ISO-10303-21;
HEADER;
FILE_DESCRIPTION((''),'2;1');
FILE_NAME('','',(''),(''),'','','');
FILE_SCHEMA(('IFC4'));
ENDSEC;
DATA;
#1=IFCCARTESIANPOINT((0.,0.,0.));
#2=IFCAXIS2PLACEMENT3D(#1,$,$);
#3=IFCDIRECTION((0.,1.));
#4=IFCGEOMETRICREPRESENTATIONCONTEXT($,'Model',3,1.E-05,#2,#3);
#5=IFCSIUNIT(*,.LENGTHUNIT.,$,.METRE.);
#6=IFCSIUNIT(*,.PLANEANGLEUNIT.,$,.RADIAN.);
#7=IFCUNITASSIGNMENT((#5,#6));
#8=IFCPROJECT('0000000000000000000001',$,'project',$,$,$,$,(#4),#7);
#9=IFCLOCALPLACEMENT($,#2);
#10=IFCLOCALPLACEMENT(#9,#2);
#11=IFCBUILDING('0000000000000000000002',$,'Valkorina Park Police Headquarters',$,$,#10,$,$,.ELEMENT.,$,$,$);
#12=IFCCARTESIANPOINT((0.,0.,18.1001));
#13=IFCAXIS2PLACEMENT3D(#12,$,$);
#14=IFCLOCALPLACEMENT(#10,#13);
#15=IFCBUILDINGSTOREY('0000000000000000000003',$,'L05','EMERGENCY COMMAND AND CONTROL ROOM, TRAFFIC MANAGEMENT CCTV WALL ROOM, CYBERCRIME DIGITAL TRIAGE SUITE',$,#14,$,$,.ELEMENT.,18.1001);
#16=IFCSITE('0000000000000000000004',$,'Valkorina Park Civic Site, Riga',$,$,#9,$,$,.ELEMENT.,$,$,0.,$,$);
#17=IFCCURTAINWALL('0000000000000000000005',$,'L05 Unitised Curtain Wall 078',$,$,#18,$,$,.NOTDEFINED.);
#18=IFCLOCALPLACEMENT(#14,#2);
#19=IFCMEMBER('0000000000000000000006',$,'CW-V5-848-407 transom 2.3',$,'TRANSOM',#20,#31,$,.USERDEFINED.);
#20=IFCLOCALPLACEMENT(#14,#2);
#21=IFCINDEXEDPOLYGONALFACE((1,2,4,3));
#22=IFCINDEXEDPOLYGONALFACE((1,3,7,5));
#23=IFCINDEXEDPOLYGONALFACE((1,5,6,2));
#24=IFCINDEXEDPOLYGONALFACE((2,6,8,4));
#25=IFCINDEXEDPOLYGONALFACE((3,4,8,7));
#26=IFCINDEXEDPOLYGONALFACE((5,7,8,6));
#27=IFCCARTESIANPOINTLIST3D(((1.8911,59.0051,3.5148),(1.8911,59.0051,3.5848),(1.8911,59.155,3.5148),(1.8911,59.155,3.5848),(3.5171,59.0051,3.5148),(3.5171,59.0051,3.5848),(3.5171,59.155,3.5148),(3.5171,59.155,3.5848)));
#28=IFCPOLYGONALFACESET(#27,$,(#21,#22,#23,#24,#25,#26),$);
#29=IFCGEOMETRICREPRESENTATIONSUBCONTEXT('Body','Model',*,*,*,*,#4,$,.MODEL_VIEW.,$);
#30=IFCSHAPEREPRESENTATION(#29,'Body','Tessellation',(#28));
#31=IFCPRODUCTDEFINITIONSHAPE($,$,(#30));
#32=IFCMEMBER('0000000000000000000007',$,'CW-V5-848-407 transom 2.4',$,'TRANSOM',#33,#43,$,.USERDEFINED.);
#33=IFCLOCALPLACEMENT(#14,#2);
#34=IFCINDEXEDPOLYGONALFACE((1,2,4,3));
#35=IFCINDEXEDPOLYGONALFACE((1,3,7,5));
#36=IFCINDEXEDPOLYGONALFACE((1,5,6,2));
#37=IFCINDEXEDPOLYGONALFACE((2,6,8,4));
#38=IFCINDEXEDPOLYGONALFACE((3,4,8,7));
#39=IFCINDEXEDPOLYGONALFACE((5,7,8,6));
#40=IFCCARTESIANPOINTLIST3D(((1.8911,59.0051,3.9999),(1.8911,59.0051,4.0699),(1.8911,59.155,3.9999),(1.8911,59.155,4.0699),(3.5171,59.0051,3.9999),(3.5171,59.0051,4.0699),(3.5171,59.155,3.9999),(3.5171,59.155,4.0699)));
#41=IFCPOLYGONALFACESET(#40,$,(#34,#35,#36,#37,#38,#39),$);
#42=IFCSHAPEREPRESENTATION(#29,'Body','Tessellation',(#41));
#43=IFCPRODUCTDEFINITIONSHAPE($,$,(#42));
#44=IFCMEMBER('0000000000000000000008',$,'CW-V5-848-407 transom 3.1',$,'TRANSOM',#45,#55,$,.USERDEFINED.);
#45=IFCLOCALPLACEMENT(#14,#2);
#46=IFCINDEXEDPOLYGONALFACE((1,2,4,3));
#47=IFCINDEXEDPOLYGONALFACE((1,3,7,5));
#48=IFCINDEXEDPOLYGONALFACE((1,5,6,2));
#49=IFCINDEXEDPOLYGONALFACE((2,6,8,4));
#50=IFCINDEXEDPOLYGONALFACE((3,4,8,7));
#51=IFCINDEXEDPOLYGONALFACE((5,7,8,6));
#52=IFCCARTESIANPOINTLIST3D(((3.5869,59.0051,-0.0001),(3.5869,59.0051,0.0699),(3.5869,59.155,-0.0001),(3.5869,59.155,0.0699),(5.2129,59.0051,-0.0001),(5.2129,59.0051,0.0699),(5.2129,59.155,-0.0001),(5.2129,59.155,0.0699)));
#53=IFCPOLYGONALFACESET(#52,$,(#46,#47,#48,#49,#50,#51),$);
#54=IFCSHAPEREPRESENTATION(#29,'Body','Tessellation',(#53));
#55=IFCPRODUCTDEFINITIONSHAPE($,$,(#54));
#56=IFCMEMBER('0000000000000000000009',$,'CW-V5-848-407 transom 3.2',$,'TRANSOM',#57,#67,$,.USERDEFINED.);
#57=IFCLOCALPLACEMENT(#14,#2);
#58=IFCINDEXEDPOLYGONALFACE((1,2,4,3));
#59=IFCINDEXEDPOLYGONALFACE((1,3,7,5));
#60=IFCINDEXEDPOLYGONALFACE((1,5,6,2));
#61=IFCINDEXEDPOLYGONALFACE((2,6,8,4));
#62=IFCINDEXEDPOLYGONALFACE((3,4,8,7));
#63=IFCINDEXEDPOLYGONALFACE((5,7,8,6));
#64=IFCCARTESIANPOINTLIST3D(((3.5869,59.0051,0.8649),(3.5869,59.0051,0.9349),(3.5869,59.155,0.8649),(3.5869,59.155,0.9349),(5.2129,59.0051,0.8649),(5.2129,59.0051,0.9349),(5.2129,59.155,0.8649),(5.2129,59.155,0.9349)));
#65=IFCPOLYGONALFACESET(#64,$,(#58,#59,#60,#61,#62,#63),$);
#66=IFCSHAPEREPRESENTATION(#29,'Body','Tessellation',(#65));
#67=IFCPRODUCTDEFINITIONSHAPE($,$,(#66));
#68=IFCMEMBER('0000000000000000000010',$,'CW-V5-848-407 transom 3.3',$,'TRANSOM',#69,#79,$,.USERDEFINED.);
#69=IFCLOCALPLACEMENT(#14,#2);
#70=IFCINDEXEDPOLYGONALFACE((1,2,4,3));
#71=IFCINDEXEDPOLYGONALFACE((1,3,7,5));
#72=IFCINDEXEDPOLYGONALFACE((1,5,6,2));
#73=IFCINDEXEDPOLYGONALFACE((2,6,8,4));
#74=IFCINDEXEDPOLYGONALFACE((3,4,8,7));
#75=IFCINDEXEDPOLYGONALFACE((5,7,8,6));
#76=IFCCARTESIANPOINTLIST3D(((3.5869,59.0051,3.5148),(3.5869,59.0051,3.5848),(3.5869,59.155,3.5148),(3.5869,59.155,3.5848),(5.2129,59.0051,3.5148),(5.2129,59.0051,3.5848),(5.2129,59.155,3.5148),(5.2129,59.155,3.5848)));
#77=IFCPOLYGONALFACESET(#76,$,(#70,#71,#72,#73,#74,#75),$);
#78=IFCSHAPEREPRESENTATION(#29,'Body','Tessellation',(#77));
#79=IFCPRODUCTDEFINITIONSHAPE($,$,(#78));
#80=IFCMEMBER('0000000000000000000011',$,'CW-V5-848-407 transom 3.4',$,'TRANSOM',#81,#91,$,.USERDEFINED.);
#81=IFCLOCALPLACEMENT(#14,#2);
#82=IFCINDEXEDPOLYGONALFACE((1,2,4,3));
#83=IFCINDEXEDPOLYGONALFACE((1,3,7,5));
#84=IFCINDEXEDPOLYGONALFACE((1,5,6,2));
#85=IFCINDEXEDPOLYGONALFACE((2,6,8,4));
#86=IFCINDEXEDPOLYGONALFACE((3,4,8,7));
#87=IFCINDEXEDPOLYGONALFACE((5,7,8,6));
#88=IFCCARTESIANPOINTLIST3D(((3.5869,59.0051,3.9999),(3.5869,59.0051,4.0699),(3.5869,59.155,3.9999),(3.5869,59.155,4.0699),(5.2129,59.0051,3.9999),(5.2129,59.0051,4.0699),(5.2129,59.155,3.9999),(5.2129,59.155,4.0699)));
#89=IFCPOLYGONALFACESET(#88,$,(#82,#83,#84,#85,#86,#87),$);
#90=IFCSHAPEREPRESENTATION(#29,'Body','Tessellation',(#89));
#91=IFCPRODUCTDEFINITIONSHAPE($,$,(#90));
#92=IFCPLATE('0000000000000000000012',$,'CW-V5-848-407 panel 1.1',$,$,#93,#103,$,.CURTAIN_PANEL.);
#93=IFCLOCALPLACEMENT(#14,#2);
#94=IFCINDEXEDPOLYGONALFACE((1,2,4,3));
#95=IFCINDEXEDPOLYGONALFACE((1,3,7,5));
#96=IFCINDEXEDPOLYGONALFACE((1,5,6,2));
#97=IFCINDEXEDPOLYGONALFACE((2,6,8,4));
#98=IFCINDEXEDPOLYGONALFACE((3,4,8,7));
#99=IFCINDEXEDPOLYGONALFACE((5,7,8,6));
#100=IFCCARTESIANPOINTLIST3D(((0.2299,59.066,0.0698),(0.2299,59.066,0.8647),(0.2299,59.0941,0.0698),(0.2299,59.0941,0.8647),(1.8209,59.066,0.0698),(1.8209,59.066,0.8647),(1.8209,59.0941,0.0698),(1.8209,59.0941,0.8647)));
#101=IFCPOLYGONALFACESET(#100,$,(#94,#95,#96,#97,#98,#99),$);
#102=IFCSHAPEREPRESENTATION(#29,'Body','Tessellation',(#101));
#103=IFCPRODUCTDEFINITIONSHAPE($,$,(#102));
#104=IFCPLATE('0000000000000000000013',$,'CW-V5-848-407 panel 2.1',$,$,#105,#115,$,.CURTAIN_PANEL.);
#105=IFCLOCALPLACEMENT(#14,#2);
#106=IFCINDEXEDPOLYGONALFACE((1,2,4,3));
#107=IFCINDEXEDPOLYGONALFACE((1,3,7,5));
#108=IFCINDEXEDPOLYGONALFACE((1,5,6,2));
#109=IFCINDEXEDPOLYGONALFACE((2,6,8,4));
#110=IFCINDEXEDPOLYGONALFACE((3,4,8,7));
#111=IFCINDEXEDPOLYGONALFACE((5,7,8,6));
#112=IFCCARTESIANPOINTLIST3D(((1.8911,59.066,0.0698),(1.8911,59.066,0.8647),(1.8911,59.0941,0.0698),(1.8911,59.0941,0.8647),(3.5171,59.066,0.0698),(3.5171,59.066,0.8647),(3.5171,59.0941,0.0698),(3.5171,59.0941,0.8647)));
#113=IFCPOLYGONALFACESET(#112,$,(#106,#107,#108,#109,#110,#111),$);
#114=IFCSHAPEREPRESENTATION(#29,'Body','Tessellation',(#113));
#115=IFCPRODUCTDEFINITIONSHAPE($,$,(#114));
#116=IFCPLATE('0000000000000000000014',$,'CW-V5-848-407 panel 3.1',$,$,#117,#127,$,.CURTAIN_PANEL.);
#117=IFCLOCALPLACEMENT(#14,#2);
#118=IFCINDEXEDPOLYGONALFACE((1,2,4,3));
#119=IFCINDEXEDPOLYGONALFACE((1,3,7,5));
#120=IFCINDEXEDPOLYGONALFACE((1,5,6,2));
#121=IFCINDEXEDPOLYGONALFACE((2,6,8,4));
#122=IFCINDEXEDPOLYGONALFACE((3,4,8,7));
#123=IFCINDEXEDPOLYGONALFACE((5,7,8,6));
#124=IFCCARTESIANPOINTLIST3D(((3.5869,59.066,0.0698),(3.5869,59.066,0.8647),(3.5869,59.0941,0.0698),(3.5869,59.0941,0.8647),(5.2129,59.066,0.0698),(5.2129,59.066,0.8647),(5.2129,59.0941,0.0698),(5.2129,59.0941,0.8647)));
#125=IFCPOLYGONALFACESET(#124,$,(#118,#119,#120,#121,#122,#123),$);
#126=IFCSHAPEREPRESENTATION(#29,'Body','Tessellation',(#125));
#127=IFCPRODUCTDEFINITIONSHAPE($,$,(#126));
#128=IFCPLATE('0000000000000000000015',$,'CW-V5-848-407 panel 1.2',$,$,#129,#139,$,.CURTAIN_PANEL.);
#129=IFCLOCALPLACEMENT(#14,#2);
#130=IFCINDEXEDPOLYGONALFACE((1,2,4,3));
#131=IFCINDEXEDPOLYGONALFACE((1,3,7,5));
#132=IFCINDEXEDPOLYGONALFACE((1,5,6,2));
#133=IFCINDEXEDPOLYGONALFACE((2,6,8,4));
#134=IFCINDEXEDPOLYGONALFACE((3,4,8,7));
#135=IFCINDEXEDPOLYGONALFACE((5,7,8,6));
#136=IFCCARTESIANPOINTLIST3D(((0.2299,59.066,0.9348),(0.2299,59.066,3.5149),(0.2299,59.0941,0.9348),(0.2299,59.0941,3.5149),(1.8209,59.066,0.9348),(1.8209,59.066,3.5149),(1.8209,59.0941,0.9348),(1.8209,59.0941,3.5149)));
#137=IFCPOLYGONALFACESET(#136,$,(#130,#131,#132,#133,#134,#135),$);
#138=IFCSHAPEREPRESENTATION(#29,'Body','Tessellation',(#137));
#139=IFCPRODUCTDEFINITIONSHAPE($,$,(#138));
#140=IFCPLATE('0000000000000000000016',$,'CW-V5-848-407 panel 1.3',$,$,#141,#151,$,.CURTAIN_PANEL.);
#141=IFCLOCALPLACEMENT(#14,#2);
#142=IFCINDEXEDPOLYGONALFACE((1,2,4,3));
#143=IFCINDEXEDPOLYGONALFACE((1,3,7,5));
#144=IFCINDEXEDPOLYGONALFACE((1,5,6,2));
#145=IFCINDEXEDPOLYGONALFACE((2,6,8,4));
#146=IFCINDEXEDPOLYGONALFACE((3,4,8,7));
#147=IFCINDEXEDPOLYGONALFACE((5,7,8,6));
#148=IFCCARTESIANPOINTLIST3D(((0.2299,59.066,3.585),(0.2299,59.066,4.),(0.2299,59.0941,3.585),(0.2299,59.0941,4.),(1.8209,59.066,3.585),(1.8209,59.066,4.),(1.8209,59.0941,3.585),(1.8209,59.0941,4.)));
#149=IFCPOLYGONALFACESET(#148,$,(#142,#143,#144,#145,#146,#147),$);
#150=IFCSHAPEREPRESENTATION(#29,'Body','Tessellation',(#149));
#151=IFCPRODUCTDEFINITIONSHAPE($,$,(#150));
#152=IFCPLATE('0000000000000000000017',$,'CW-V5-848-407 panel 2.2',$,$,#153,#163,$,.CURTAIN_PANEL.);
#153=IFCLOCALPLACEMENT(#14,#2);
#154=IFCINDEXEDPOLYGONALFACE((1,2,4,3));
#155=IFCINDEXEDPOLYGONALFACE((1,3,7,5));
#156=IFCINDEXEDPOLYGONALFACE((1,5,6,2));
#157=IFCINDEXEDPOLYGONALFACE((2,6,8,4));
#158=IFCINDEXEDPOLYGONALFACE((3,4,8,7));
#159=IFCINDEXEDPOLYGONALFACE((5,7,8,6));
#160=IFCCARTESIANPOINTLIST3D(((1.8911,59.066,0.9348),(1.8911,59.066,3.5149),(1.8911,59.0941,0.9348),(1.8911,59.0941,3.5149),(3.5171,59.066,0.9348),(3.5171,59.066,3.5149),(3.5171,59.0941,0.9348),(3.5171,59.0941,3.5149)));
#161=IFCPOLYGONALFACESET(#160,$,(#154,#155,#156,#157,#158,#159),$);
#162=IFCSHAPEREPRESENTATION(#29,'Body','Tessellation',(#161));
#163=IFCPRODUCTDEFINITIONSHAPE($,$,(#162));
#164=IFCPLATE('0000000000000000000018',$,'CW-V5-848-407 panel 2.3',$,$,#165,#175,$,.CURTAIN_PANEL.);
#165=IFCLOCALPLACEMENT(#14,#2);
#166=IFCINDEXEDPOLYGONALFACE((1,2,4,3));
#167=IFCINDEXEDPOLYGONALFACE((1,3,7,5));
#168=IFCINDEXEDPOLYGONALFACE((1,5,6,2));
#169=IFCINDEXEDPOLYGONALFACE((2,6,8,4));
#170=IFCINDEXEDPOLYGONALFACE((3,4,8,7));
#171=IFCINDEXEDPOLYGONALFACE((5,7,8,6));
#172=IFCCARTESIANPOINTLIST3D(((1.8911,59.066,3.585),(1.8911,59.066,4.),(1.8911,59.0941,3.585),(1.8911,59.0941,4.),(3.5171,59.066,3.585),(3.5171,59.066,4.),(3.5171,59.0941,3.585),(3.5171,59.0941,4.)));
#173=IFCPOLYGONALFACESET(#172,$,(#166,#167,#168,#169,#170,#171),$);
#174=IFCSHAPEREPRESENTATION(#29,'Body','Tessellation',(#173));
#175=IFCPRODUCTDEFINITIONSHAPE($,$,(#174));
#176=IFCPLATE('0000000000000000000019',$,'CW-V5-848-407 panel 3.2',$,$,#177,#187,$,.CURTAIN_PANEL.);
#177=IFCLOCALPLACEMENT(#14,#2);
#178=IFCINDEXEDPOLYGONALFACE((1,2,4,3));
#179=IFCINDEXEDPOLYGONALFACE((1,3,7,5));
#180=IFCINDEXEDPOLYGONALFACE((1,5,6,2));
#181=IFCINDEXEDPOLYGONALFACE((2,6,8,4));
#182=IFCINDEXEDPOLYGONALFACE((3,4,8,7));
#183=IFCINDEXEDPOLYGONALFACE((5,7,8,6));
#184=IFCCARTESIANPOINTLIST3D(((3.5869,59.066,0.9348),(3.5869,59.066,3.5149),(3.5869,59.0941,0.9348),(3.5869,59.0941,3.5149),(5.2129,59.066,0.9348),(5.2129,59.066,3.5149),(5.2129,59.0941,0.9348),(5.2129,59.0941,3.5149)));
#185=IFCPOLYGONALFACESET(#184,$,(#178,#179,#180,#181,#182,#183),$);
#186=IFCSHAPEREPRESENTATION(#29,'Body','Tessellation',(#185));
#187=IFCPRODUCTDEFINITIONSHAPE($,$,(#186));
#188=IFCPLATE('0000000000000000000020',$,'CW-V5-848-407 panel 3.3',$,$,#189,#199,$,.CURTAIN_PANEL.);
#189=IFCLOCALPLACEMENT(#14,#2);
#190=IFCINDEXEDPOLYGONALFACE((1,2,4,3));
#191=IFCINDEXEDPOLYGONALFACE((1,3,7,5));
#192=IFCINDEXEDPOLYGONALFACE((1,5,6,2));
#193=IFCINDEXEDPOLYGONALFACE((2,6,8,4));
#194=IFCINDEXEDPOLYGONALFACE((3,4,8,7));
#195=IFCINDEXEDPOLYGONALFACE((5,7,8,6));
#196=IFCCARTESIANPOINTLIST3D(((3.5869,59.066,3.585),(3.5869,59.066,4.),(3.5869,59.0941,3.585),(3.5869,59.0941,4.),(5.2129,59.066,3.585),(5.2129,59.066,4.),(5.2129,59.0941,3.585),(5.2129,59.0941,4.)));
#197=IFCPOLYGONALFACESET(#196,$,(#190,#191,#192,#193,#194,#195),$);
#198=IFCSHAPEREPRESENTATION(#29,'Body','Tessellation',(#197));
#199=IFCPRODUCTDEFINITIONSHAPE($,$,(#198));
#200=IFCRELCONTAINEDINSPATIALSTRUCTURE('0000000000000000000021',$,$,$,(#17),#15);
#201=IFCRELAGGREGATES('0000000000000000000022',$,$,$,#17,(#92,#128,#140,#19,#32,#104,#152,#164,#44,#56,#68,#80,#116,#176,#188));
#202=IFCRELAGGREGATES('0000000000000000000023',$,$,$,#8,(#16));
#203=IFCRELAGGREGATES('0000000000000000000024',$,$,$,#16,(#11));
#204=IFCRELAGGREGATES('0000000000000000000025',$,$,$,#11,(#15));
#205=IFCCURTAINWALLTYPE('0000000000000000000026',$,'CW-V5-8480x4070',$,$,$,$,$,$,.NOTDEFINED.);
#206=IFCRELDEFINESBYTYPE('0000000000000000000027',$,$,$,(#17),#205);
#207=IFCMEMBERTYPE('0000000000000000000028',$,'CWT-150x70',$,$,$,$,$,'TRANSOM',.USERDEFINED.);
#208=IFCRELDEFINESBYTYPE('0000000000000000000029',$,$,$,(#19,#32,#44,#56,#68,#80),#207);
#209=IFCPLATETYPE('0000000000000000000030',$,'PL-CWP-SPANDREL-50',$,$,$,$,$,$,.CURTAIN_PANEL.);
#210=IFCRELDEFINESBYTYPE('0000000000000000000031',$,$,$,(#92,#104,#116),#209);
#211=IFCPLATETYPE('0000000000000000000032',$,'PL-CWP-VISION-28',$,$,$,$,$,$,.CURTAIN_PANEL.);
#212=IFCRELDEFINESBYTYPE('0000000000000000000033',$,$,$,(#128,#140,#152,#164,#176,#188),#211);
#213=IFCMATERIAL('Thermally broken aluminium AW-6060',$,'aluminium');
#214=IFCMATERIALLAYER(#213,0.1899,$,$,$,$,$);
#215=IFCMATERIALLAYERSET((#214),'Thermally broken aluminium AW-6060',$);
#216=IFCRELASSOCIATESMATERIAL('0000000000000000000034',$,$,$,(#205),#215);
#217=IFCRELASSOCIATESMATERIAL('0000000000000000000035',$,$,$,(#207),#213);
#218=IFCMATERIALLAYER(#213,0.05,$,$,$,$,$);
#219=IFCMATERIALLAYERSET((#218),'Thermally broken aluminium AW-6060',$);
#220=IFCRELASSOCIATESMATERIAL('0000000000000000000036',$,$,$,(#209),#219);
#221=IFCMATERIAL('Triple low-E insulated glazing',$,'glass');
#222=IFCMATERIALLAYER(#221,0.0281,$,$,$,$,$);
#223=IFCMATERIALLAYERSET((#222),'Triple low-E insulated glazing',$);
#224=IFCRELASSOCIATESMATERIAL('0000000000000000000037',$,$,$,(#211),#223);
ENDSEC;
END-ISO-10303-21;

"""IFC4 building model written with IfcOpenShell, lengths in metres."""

from ifc_helpers import new_model, si_unit, direction, frame, origin, origin_2d, place, context, subcontext, project, spatial, rectangle, extrude, material, layer, layer_set, material_profile, profile_set, type_object, element, aggregate, save


model = new_model("IFC4")

# Units and contexts
model_context = context("Model", 3, precision=1e-05, world=origin(), true_north=direction((0.0, 1.0)))
body_context = subcontext(model_context, "Body", "Model", "MODEL_VIEW")
ifc_project = project(units=[si_unit("LENGTHUNIT", "METRE"), si_unit("PLANEANGLEUNIT", "RADIAN")], contexts=[model_context])

# Site, building, storey
site_placement = place(None, origin())
site = spatial("IfcSite", under=ifc_project, at=site_placement, Name="Valkorina Park Civic Site, Riga", CompositionType="ELEMENT", RefElevation=0.0)
building_placement = place(site_placement, origin())
building = spatial("IfcBuilding", under=site, at=building_placement, Name="Valkorina Park Police Headquarters", CompositionType="ELEMENT")
storey_placement = place(building_placement, frame((0.0, 0.0, 18.1001)))
storey = spatial("IfcBuildingStorey", under=building, at=storey_placement, Name="L05", Description="EMERGENCY COMMAND AND CONTROL ROOM, TRAFFIC MANAGEMENT CCTV WALL ROOM, CYBERCRIME DIGITAL TRIAGE SUITE", CompositionType="ELEMENT", Elevation=18.1001)

# Curtain wall, members, plates
ifc_material_1 = material(Name="Thermally broken aluminium AW-6060", Category="aluminium")
ifc_layer_1 = layer(ifc_material_1, 0.1899)
ifc_layer_set_1 = layer_set([ifc_layer_1], Name="Thermally broken aluminium AW-6060")
curtain_wall_type = type_object("IfcCurtainWallType", Name="CW-V5-8480x4070", PredefinedType="NOTDEFINED", material=ifc_layer_set_1)
curtain_wall_placement = place(storey_placement, origin())
curtain_wall = element("IfcCurtainWall", 1, at=curtain_wall_placement, inside=storey, type_object=curtain_wall_type, Name="L05 Unitised Curtain Wall 078", PredefinedType="NOTDEFINED")
ifc_material_profile_1 = material_profile(ifc_material_1, rectangle(XDim=0.1499, YDim=0.0701, at=origin_2d()), Name="CWT-02 150x70")
ifc_profile_set_1 = profile_set([ifc_material_profile_1], Name="Thermally broken aluminium AW-6060")
member_type_1 = type_object("IfcMemberType", Name="CWT-150x70", ElementType="TRANSOM", PredefinedType="USERDEFINED", material=ifc_profile_set_1)
member_1_placement = place(storey_placement, frame((1.8911, 59.0801, 3.5498), z_axis=(1.0, 0.0, 0.0), x_axis=(0.0, 1.0, 0.0)))
member_1 = element("IfcMember", 2, at=member_1_placement, type_object=member_type_1, Name="CW-V5-848-407 transom 2.3", ObjectType="TRANSOM", PredefinedType="USERDEFINED", context=body_context, shape_type="SweptSolid", body=[
    extrude(rectangle(XDim=0.1499, YDim=0.0701, at=origin_2d()), origin(), (0.0, 0.0, 1.0), 1.626),
])
member_2_placement = place(storey_placement, frame((1.8911, 59.0801, 4.0349), z_axis=(1.0, 0.0, 0.0), x_axis=(0.0, 1.0, 0.0)))
member_2 = element("IfcMember", 3, at=member_2_placement, type_object=member_type_1, Name="CW-V5-848-407 transom 2.4", ObjectType="TRANSOM", PredefinedType="USERDEFINED", context=body_context, shape_type="SweptSolid", body=[
    extrude(rectangle(XDim=0.1499, YDim=0.0701, at=origin_2d()), origin(), (0.0, 0.0, 1.0), 1.626),
])
member_3_placement = place(storey_placement, frame((3.5869, 59.0801, 0.0349), z_axis=(1.0, 0.0, 0.0), x_axis=(0.0, 1.0, 0.0)))
member_3 = element("IfcMember", 4, at=member_3_placement, type_object=member_type_1, Name="CW-V5-848-407 transom 3.1", ObjectType="TRANSOM", PredefinedType="USERDEFINED", context=body_context, shape_type="SweptSolid", body=[
    extrude(rectangle(XDim=0.1499, YDim=0.0701, at=origin_2d()), origin(), (0.0, 0.0, 1.0), 1.626),
])
member_4_placement = place(storey_placement, frame((3.5869, 59.0801, 0.8999), z_axis=(1.0, 0.0, 0.0), x_axis=(0.0, 1.0, 0.0)))
member_4 = element("IfcMember", 5, at=member_4_placement, type_object=member_type_1, Name="CW-V5-848-407 transom 3.2", ObjectType="TRANSOM", PredefinedType="USERDEFINED", context=body_context, shape_type="SweptSolid", body=[
    extrude(rectangle(XDim=0.1499, YDim=0.0701, at=origin_2d()), origin(), (0.0, 0.0, 1.0), 1.626),
])
member_5_placement = place(storey_placement, frame((3.5869, 59.0801, 3.5498), z_axis=(1.0, 0.0, 0.0), x_axis=(0.0, 1.0, 0.0)))
member_5 = element("IfcMember", 6, at=member_5_placement, type_object=member_type_1, Name="CW-V5-848-407 transom 3.3", ObjectType="TRANSOM", PredefinedType="USERDEFINED", context=body_context, shape_type="SweptSolid", body=[
    extrude(rectangle(XDim=0.1499, YDim=0.0701, at=origin_2d()), origin(), (0.0, 0.0, 1.0), 1.626),
])
member_6_placement = place(storey_placement, frame((3.5869, 59.0801, 4.0349), z_axis=(1.0, 0.0, 0.0), x_axis=(0.0, 1.0, 0.0)))
member_6 = element("IfcMember", 7, at=member_6_placement, type_object=member_type_1, Name="CW-V5-848-407 transom 3.4", ObjectType="TRANSOM", PredefinedType="USERDEFINED", context=body_context, shape_type="SweptSolid", body=[
    extrude(rectangle(XDim=0.1499, YDim=0.0701, at=origin_2d()), origin(), (0.0, 0.0, 1.0), 1.626),
])
ifc_layer_2 = layer(ifc_material_1, 0.05)
ifc_layer_set_2 = layer_set([ifc_layer_2], Name="Thermally broken aluminium AW-6060")
plate_type_1 = type_object("IfcPlateType", Name="PL-CWP-SPANDREL-50", PredefinedType="CURTAIN_PANEL", material=ifc_layer_set_2)
plate_1_placement = place(storey_placement, frame((1.0254, 59.0801, 0.0698), z_axis=(0.0, 0.0, 1.0), x_axis=(1.0, 0.0, 0.0)))
plate_1 = element("IfcPlate", 8, at=plate_1_placement, type_object=plate_type_1, Name="CW-V5-848-407 panel 1.1", PredefinedType="CURTAIN_PANEL", context=body_context, shape_type="SweptSolid", body=[
    extrude(rectangle(XDim=1.5911, YDim=0.0281, at=origin_2d()), origin(), (0.0, 0.0, 1.0), 0.7949),
])
plate_2_placement = place(storey_placement, frame((2.7041, 59.0801, 0.0698), z_axis=(0.0, 0.0, 1.0), x_axis=(1.0, 0.0, 0.0)))
plate_2 = element("IfcPlate", 9, at=plate_2_placement, type_object=plate_type_1, Name="CW-V5-848-407 panel 2.1", PredefinedType="CURTAIN_PANEL", context=body_context, shape_type="SweptSolid", body=[
    extrude(rectangle(XDim=1.626, YDim=0.0281, at=origin_2d()), origin(), (0.0, 0.0, 1.0), 0.7949),
])
plate_3_placement = place(storey_placement, frame((4.3999, 59.0801, 0.0698), z_axis=(0.0, 0.0, 1.0), x_axis=(1.0, 0.0, 0.0)))
plate_3 = element("IfcPlate", 10, at=plate_3_placement, type_object=plate_type_1, Name="CW-V5-848-407 panel 3.1", PredefinedType="CURTAIN_PANEL", context=body_context, shape_type="SweptSolid", body=[
    extrude(rectangle(XDim=1.626, YDim=0.0281, at=origin_2d()), origin(), (0.0, 0.0, 1.0), 0.7949),
])
ifc_material_2 = material(Name="Triple low-E insulated glazing", Category="glass")
ifc_layer_3 = layer(ifc_material_2, 0.0281)
ifc_layer_set_3 = layer_set([ifc_layer_3], Name="Triple low-E insulated glazing")
plate_type_2 = type_object("IfcPlateType", Name="PL-CWP-VISION-28", PredefinedType="CURTAIN_PANEL", material=ifc_layer_set_3)
plate_4_placement = place(storey_placement, frame((1.0254, 59.0801, 0.9348), z_axis=(0.0, 0.0, 1.0), x_axis=(1.0, 0.0, 0.0)))
plate_4 = element("IfcPlate", 11, at=plate_4_placement, type_object=plate_type_2, Name="CW-V5-848-407 panel 1.2", PredefinedType="CURTAIN_PANEL", context=body_context, shape_type="SweptSolid", body=[
    extrude(rectangle(XDim=1.5911, YDim=0.0281, at=origin_2d()), origin(), (0.0, 0.0, 1.0), 2.5801),
])
plate_5_placement = place(storey_placement, frame((1.0254, 59.0801, 3.585), z_axis=(0.0, 0.0, 1.0), x_axis=(1.0, 0.0, 0.0)))
plate_5 = element("IfcPlate", 12, at=plate_5_placement, type_object=plate_type_2, Name="CW-V5-848-407 panel 1.3", PredefinedType="CURTAIN_PANEL", context=body_context, shape_type="SweptSolid", body=[
    extrude(rectangle(XDim=1.5911, YDim=0.0281, at=origin_2d()), origin(), (0.0, 0.0, 1.0), 0.415),
])
plate_6_placement = place(storey_placement, frame((2.7041, 59.0801, 0.9348), z_axis=(0.0, 0.0, 1.0), x_axis=(1.0, 0.0, 0.0)))
plate_6 = element("IfcPlate", 13, at=plate_6_placement, type_object=plate_type_2, Name="CW-V5-848-407 panel 2.2", PredefinedType="CURTAIN_PANEL", context=body_context, shape_type="SweptSolid", body=[
    extrude(rectangle(XDim=1.626, YDim=0.0281, at=origin_2d()), origin(), (0.0, 0.0, 1.0), 2.5801),
])
plate_7_placement = place(storey_placement, frame((2.7041, 59.0801, 3.585), z_axis=(0.0, 0.0, 1.0), x_axis=(1.0, 0.0, 0.0)))
plate_7 = element("IfcPlate", 14, at=plate_7_placement, type_object=plate_type_2, Name="CW-V5-848-407 panel 2.3", PredefinedType="CURTAIN_PANEL", context=body_context, shape_type="SweptSolid", body=[
    extrude(rectangle(XDim=1.626, YDim=0.0281, at=origin_2d()), origin(), (0.0, 0.0, 1.0), 0.415),
])
plate_8_placement = place(storey_placement, frame((4.3999, 59.0801, 0.9348), z_axis=(0.0, 0.0, 1.0), x_axis=(1.0, 0.0, 0.0)))
plate_8 = element("IfcPlate", 15, at=plate_8_placement, type_object=plate_type_2, Name="CW-V5-848-407 panel 3.2", PredefinedType="CURTAIN_PANEL", context=body_context, shape_type="SweptSolid", body=[
    extrude(rectangle(XDim=1.626, YDim=0.0281, at=origin_2d()), origin(), (0.0, 0.0, 1.0), 2.5801),
])
plate_9_placement = place(storey_placement, frame((4.3999, 59.0801, 3.585), z_axis=(0.0, 0.0, 1.0), x_axis=(1.0, 0.0, 0.0)))
plate_9 = element("IfcPlate", 16, at=plate_9_placement, type_object=plate_type_2, Name="CW-V5-848-407 panel 3.3", PredefinedType="CURTAIN_PANEL", context=body_context, shape_type="SweptSolid", body=[
    extrude(rectangle(XDim=1.626, YDim=0.0281, at=origin_2d()), origin(), (0.0, 0.0, 1.0), 0.415),
])
aggregate(curtain_wall, [plate_1, plate_4, plate_5, member_1, member_2, plate_2, plate_6, plate_7, member_3, member_4, member_5, member_6, plate_3, plate_8, plate_9])

save(model, "model.ifc")
